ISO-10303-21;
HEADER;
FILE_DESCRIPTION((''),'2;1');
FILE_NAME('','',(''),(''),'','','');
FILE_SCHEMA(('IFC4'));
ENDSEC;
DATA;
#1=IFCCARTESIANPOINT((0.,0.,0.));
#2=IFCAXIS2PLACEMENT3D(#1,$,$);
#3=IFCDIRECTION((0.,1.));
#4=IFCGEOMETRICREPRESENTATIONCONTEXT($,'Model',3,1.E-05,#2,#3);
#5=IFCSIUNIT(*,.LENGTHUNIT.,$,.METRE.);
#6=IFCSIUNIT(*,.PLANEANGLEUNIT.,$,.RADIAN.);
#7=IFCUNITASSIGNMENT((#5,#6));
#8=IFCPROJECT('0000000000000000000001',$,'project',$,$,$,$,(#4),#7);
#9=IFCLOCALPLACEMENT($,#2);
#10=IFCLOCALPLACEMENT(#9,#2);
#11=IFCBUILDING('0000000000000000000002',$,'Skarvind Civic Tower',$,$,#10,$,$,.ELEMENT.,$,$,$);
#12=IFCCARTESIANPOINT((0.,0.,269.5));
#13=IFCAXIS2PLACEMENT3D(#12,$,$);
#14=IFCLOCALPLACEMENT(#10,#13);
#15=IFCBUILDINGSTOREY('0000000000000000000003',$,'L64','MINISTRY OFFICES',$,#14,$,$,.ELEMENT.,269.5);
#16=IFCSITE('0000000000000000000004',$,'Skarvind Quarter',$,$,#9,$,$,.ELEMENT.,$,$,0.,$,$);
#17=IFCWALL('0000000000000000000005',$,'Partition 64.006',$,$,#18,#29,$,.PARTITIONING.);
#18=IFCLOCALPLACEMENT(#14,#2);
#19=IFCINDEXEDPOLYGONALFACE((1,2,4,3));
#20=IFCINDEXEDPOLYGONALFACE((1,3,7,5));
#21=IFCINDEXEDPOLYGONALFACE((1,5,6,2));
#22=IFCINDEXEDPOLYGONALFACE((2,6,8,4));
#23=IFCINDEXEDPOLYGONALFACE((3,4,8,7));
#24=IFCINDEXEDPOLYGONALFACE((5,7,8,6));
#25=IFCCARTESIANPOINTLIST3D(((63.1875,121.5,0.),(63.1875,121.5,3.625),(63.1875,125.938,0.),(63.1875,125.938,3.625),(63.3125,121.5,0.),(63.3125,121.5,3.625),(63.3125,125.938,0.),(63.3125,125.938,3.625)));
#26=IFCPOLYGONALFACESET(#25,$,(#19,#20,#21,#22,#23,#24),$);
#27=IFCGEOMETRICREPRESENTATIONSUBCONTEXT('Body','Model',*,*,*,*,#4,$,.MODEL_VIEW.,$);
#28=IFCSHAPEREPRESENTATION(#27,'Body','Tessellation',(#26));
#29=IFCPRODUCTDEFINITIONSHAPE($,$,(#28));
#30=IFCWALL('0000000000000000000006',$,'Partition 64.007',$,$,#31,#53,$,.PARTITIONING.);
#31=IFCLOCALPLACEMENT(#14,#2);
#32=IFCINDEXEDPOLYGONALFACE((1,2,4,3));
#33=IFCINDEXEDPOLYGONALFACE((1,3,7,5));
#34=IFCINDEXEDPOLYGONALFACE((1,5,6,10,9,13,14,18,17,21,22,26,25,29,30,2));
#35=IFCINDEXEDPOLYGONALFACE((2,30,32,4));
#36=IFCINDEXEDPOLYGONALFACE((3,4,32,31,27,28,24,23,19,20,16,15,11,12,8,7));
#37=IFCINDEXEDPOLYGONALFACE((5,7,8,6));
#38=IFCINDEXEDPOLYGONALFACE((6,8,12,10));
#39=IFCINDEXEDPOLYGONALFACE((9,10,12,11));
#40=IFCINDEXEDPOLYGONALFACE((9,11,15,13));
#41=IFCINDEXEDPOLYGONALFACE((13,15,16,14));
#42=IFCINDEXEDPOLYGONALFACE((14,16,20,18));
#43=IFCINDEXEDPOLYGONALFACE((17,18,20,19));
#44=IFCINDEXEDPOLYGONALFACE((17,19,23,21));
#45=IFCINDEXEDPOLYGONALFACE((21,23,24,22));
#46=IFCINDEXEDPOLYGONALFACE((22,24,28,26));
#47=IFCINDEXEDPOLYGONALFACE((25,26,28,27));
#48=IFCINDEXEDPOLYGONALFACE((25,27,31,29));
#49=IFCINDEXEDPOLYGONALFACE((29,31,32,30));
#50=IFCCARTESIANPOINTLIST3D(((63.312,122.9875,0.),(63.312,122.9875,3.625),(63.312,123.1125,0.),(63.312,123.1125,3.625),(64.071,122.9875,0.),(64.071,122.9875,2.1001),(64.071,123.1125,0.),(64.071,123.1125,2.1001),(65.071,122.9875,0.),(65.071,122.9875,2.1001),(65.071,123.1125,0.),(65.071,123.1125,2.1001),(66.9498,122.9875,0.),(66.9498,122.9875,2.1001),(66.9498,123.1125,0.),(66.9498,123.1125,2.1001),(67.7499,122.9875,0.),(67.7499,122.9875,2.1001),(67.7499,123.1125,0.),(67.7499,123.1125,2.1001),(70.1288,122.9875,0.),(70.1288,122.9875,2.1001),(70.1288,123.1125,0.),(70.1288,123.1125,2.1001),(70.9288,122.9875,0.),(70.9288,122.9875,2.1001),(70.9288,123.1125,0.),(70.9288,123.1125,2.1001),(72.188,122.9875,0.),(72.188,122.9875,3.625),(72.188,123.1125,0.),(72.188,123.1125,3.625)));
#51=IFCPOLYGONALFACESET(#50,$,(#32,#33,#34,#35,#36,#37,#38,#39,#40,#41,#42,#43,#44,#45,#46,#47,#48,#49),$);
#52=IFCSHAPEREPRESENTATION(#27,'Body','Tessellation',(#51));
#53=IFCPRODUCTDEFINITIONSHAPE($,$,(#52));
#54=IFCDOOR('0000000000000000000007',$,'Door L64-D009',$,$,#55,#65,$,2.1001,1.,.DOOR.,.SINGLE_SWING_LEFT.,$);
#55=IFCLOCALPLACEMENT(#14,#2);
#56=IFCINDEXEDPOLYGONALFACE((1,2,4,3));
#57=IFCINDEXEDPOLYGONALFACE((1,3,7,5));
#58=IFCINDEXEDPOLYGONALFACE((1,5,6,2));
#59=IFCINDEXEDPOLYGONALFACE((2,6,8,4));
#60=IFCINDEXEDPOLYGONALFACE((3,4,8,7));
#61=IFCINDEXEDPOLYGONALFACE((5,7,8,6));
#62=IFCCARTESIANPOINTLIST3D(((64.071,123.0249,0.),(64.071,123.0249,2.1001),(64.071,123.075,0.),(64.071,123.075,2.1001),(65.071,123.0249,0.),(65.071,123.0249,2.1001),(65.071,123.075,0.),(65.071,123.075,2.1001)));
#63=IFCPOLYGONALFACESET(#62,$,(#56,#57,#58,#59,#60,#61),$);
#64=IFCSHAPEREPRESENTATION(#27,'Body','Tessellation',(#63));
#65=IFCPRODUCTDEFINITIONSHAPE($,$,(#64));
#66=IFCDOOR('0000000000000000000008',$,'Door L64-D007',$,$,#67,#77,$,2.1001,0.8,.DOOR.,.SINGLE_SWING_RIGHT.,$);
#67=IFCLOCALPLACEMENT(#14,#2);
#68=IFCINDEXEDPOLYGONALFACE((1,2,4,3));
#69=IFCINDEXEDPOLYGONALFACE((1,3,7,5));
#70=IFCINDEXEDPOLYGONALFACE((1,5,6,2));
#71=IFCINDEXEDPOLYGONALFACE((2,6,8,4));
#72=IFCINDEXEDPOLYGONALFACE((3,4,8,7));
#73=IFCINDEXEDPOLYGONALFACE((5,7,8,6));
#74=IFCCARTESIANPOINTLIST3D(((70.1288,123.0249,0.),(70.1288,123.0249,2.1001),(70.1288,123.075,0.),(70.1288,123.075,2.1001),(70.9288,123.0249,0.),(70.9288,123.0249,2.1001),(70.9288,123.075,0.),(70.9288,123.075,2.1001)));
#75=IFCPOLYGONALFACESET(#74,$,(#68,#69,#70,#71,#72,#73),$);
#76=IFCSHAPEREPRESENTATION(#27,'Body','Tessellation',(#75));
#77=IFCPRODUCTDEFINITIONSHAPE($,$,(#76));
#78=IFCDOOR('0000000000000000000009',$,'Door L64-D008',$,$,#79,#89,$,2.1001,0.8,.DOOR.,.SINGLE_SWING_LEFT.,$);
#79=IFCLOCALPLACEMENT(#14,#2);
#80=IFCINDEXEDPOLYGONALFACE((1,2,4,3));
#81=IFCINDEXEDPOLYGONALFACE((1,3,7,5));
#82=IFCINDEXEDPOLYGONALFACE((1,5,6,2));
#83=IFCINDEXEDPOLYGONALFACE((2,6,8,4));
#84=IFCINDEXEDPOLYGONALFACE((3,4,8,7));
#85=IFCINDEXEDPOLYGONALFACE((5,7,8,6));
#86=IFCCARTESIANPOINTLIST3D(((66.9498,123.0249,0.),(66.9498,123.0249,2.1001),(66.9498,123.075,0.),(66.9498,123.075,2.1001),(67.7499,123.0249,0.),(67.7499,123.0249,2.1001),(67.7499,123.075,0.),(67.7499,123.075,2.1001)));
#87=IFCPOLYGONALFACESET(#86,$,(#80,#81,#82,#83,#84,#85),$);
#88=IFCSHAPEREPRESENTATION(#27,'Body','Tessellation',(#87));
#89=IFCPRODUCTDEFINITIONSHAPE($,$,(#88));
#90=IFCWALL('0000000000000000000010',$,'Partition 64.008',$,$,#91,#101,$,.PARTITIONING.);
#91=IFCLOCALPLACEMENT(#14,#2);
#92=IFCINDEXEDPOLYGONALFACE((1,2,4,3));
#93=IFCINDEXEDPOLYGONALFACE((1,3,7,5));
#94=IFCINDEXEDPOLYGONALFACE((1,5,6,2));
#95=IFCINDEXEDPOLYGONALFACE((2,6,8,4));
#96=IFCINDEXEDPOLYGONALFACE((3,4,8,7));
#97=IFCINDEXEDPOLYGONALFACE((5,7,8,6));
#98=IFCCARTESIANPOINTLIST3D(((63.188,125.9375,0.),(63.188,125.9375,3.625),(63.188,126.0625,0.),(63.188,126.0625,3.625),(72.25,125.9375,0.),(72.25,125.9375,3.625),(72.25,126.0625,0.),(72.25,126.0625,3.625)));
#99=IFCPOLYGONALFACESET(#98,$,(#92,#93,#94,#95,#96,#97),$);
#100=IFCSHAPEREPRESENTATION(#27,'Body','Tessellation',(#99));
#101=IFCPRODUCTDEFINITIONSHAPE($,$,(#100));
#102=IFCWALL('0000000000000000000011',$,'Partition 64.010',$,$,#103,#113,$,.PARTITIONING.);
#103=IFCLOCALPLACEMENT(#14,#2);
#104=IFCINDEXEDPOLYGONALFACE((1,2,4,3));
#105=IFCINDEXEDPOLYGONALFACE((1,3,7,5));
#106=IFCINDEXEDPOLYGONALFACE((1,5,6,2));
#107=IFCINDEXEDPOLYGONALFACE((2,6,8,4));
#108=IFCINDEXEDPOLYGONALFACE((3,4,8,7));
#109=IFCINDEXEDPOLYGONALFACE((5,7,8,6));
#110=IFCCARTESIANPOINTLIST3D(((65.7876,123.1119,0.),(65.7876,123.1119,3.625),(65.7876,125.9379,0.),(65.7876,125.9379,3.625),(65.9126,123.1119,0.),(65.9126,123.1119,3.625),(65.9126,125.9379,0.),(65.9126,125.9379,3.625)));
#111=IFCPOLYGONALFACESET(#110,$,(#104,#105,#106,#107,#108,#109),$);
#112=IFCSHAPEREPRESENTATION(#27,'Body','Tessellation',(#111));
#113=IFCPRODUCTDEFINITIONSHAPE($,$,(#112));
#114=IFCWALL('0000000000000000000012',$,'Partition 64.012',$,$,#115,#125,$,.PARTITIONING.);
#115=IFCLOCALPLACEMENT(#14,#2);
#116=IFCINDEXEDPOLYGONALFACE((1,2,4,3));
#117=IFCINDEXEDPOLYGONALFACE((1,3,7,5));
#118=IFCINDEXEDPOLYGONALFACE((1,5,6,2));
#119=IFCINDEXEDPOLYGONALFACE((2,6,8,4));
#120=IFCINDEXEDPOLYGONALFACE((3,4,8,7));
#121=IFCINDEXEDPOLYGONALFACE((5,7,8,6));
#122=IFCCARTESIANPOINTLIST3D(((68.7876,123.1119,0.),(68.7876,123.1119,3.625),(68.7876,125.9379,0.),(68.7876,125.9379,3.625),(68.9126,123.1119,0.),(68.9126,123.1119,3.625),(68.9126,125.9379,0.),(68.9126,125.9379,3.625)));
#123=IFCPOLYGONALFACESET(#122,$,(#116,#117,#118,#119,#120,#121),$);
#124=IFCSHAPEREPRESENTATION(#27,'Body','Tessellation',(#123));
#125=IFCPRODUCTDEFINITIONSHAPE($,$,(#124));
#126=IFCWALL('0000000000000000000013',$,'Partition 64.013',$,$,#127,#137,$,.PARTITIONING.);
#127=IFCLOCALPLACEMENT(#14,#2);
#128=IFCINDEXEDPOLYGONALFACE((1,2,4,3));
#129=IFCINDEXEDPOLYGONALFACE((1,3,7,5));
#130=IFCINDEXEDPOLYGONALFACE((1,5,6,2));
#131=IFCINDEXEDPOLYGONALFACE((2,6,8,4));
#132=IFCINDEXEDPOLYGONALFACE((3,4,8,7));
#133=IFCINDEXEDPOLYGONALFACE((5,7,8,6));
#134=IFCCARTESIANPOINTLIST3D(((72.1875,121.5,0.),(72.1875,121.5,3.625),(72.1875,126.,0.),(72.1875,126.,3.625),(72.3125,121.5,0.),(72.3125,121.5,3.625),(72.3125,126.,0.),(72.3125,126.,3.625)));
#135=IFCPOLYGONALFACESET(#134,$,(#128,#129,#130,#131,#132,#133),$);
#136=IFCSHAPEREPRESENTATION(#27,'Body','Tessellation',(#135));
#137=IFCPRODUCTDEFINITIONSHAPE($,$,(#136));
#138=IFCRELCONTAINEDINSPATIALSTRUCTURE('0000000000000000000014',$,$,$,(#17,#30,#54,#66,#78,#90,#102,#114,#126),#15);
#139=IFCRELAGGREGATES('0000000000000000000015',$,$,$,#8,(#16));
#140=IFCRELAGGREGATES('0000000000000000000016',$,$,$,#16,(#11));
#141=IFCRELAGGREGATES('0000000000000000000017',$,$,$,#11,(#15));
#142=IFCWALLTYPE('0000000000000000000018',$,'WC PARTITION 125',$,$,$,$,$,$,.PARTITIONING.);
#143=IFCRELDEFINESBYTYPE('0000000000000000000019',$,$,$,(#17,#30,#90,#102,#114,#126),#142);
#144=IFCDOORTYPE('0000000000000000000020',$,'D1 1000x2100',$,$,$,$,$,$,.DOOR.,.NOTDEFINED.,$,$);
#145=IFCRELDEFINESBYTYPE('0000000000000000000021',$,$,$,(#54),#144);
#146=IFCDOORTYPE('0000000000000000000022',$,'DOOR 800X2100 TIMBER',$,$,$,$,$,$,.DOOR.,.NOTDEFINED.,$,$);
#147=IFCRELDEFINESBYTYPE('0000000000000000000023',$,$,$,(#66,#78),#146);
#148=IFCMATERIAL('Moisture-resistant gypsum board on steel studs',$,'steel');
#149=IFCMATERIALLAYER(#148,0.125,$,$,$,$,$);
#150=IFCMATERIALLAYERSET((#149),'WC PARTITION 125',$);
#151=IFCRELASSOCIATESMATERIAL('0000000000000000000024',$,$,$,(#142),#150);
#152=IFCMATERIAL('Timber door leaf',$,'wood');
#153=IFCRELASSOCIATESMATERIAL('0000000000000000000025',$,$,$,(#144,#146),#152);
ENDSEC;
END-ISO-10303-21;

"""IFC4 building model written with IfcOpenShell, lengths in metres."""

from ifc_helpers import new_model, si_unit, direction, frame, frame_2d, origin, place, context, subcontext, project, spatial, rectangle, extrude, material, layer, layer_set, type_object, element, fill, save


model = new_model("IFC4")

# Units and contexts
model_context = context("Model", 3, precision=1e-05, world=origin(), true_north=direction((0.0, 1.0)))
body_context = subcontext(model_context, "Body", "Model", "MODEL_VIEW")
ifc_project = project(units=[si_unit("LENGTHUNIT", "METRE"), si_unit("PLANEANGLEUNIT", "RADIAN")], contexts=[model_context])

# Site, building, storey
site_placement = place(None, origin())
site = spatial("IfcSite", under=ifc_project, at=site_placement, Name="Skarvind Quarter", CompositionType="ELEMENT", RefElevation=0.0)
building_placement = place(site_placement, origin())
building = spatial("IfcBuilding", under=site, at=building_placement, Name="Skarvind Civic Tower", CompositionType="ELEMENT")
storey_placement = place(building_placement, frame((0.0, 0.0, 269.5)))
storey = spatial("IfcBuildingStorey", under=building, at=storey_placement, Name="L64", Description="MINISTRY OFFICES", CompositionType="ELEMENT", Elevation=269.5)

# Wall
ifc_material_1 = material(Name="Moisture-resistant gypsum board on steel studs", Category="steel")
ifc_layer_1 = layer(ifc_material_1, 0.125)
ifc_layer_set_1 = layer_set([ifc_layer_1], Name="WC PARTITION 125")
wall_type_1 = type_object("IfcWallType", Name="WC PARTITION 125", PredefinedType="PARTITIONING", material=ifc_layer_set_1)
wall_1_placement = place(storey_placement, frame((63.25, 121.5, 0.0), z_axis=(0.0, 0.0, 1.0), x_axis=(0.0, 1.0, 0.0)))
element("IfcWall", 1, at=wall_1_placement, inside=storey, type_object=wall_type_1, Name="Partition 64.006", PredefinedType="PARTITIONING", context=body_context, shape_type="SweptSolid", body=[
    extrude(rectangle(XDim=4.438, YDim=0.125, at=frame_2d((2.219, 0.0))), origin(), (0.0, 0.0, 1.0), 3.625),
])

# Wall, openings, doors
wall_2_placement = place(storey_placement, frame((63.312, 123.05, 0.0), z_axis=(0.0, 0.0, 1.0), x_axis=(1.0, 0.0, 0.0)))
wall_2 = element("IfcWall", 2, at=wall_2_placement, inside=storey, type_object=wall_type_1, Name="Partition 64.007", PredefinedType="PARTITIONING", context=body_context, shape_type="SweptSolid", body=[
    extrude(rectangle(XDim=8.876, YDim=0.125, at=frame_2d((4.438, 0.0))), origin(), (0.0, 0.0, 1.0), 3.625),
])
opening_1_placement = place(wall_2_placement, frame((6.8169, 0.0, 0.0)))
opening_1 = element("IfcOpeningElement", 3, at=opening_1_placement, cuts=wall_2, PredefinedType="OPENING", context=body_context, shape_type="SweptSolid", body=[
    extrude(rectangle(XDim=0.8, YDim=2.1001, at=frame_2d((0.3999, 1.05))), frame((0.0, 0.0725, 0.0), z_axis=(0.0, -1.0, 0.0), x_axis=(1.0, 0.0, 0.0)), (0.0, 0.0, 1.0), 0.145),
])
opening_2_placement = place(wall_2_placement, frame((3.6379, 0.0, 0.0)))
opening_2 = element("IfcOpeningElement", 4, at=opening_2_placement, cuts=wall_2, PredefinedType="OPENING", context=body_context, shape_type="SweptSolid", body=[
    extrude(rectangle(XDim=0.8, YDim=2.1001, at=frame_2d((0.3999, 1.05))), frame((0.0, 0.0725, 0.0), z_axis=(0.0, -1.0, 0.0), x_axis=(1.0, 0.0, 0.0)), (0.0, 0.0, 1.0), 0.145),
])
opening_3_placement = place(wall_2_placement, frame((0.759, 0.0, 0.0)))
opening_3 = element("IfcOpeningElement", 5, at=opening_3_placement, cuts=wall_2, PredefinedType="OPENING", context=body_context, shape_type="SweptSolid", body=[
    extrude(rectangle(XDim=1.0, YDim=2.1001, at=frame_2d((0.5, 1.05))), frame((0.0, 0.0725, 0.0), z_axis=(0.0, -1.0, 0.0), x_axis=(1.0, 0.0, 0.0)), (0.0, 0.0, 1.0), 0.145),
])
ifc_material_2 = material(Name="Timber door leaf", Category="wood")
door_type_1 = type_object("IfcDoorType", Name="D1 1000x2100", OperationType="NOTDEFINED", PredefinedType="DOOR", material=ifc_material_2)
door_1_placement = place(opening_3_placement, origin())
door_1 = element("IfcDoor", 6, at=door_1_placement, inside=storey, type_object=door_type_1, Name="Door L64-D009", OperationType="SINGLE_SWING_LEFT", OverallHeight=2.1001, OverallWidth=1.0, PredefinedType="DOOR", context=body_context, shape_type="SweptSolid", body=[
    extrude(rectangle(XDim=1.0, YDim=2.1001, at=frame_2d((0.5, 1.05))), frame((0.0, 0.0249, 0.0), z_axis=(0.0, -1.0, 0.0), x_axis=(1.0, 0.0, 0.0)), (0.0, 0.0, 1.0), 0.05),
])
fill(opening_3, door_1)
door_type_2 = type_object("IfcDoorType", Name="DOOR 800X2100 TIMBER", OperationType="NOTDEFINED", PredefinedType="DOOR", material=ifc_material_2)
door_2_placement = place(opening_1_placement, origin())
door_2 = element("IfcDoor", 7, at=door_2_placement, inside=storey, type_object=door_type_2, Name="Door L64-D007", OperationType="SINGLE_SWING_RIGHT", OverallHeight=2.1001, OverallWidth=0.8, PredefinedType="DOOR", context=body_context, shape_type="SweptSolid", body=[
    extrude(rectangle(XDim=0.8, YDim=2.1001, at=frame_2d((0.3999, 1.05))), frame((0.0, 0.0249, 0.0), z_axis=(0.0, -1.0, 0.0), x_axis=(1.0, 0.0, 0.0)), (0.0, 0.0, 1.0), 0.05),
])
fill(opening_1, door_2)
door_3_placement = place(opening_2_placement, origin())
door_3 = element("IfcDoor", 8, at=door_3_placement, inside=storey, type_object=door_type_2, Name="Door L64-D008", OperationType="SINGLE_SWING_LEFT", OverallHeight=2.1001, OverallWidth=0.8, PredefinedType="DOOR", context=body_context, shape_type="SweptSolid", body=[
    extrude(rectangle(XDim=0.8, YDim=2.1001, at=frame_2d((0.3999, 1.05))), frame((0.0, 0.0249, 0.0), z_axis=(0.0, -1.0, 0.0), x_axis=(1.0, 0.0, 0.0)), (0.0, 0.0, 1.0), 0.05),
])
fill(opening_2, door_3)

# Walls
wall_3_placement = place(storey_placement, frame((63.188, 126.0, 0.0), z_axis=(0.0, 0.0, 1.0), x_axis=(1.0, 0.0, 0.0)))
element("IfcWall", 9, at=wall_3_placement, inside=storey, type_object=wall_type_1, Name="Partition 64.008", PredefinedType="PARTITIONING", context=body_context, shape_type="SweptSolid", body=[
    extrude(rectangle(XDim=9.062, YDim=0.125, at=frame_2d((4.531, 0.0))), origin(), (0.0, 0.0, 1.0), 3.625),
])
for number, where, z_axis, x_axis, name in (
    (10, (65.8501, 125.938, 0.0), (0.0, 0.0, 1.0), (0.0, -1.0, 0.0), "Partition 64.010"),
    (11, (68.8501, 125.938, 0.0), (0.0, 0.0, 1.0), (0.0, -1.0, 0.0), "Partition 64.012"),
):
    element("IfcWall", number, at=place(storey_placement, frame(where, z_axis=z_axis, x_axis=x_axis)), inside=storey, type_object=wall_type_1, Name=name, PredefinedType="PARTITIONING", context=body_context, shape_type="SweptSolid", body=[
        extrude(rectangle(XDim=2.8259, YDim=0.125, at=frame_2d((1.4131, 0.0))), origin(), (0.0, 0.0, 1.0), 3.625),
    ])
wall_4_placement = place(storey_placement, frame((72.25, 126.0, 0.0), z_axis=(0.0, 0.0, 1.0), x_axis=(0.0, -1.0, 0.0)))
element("IfcWall", 12, at=wall_4_placement, inside=storey, type_object=wall_type_1, Name="Partition 64.013", PredefinedType="PARTITIONING", context=body_context, shape_type="SweptSolid", body=[
    extrude(rectangle(XDim=4.5, YDim=0.125, at=frame_2d((2.25, 0.0))), origin(), (0.0, 0.0, 1.0), 3.625),
])

save(model, "model.ifc")
